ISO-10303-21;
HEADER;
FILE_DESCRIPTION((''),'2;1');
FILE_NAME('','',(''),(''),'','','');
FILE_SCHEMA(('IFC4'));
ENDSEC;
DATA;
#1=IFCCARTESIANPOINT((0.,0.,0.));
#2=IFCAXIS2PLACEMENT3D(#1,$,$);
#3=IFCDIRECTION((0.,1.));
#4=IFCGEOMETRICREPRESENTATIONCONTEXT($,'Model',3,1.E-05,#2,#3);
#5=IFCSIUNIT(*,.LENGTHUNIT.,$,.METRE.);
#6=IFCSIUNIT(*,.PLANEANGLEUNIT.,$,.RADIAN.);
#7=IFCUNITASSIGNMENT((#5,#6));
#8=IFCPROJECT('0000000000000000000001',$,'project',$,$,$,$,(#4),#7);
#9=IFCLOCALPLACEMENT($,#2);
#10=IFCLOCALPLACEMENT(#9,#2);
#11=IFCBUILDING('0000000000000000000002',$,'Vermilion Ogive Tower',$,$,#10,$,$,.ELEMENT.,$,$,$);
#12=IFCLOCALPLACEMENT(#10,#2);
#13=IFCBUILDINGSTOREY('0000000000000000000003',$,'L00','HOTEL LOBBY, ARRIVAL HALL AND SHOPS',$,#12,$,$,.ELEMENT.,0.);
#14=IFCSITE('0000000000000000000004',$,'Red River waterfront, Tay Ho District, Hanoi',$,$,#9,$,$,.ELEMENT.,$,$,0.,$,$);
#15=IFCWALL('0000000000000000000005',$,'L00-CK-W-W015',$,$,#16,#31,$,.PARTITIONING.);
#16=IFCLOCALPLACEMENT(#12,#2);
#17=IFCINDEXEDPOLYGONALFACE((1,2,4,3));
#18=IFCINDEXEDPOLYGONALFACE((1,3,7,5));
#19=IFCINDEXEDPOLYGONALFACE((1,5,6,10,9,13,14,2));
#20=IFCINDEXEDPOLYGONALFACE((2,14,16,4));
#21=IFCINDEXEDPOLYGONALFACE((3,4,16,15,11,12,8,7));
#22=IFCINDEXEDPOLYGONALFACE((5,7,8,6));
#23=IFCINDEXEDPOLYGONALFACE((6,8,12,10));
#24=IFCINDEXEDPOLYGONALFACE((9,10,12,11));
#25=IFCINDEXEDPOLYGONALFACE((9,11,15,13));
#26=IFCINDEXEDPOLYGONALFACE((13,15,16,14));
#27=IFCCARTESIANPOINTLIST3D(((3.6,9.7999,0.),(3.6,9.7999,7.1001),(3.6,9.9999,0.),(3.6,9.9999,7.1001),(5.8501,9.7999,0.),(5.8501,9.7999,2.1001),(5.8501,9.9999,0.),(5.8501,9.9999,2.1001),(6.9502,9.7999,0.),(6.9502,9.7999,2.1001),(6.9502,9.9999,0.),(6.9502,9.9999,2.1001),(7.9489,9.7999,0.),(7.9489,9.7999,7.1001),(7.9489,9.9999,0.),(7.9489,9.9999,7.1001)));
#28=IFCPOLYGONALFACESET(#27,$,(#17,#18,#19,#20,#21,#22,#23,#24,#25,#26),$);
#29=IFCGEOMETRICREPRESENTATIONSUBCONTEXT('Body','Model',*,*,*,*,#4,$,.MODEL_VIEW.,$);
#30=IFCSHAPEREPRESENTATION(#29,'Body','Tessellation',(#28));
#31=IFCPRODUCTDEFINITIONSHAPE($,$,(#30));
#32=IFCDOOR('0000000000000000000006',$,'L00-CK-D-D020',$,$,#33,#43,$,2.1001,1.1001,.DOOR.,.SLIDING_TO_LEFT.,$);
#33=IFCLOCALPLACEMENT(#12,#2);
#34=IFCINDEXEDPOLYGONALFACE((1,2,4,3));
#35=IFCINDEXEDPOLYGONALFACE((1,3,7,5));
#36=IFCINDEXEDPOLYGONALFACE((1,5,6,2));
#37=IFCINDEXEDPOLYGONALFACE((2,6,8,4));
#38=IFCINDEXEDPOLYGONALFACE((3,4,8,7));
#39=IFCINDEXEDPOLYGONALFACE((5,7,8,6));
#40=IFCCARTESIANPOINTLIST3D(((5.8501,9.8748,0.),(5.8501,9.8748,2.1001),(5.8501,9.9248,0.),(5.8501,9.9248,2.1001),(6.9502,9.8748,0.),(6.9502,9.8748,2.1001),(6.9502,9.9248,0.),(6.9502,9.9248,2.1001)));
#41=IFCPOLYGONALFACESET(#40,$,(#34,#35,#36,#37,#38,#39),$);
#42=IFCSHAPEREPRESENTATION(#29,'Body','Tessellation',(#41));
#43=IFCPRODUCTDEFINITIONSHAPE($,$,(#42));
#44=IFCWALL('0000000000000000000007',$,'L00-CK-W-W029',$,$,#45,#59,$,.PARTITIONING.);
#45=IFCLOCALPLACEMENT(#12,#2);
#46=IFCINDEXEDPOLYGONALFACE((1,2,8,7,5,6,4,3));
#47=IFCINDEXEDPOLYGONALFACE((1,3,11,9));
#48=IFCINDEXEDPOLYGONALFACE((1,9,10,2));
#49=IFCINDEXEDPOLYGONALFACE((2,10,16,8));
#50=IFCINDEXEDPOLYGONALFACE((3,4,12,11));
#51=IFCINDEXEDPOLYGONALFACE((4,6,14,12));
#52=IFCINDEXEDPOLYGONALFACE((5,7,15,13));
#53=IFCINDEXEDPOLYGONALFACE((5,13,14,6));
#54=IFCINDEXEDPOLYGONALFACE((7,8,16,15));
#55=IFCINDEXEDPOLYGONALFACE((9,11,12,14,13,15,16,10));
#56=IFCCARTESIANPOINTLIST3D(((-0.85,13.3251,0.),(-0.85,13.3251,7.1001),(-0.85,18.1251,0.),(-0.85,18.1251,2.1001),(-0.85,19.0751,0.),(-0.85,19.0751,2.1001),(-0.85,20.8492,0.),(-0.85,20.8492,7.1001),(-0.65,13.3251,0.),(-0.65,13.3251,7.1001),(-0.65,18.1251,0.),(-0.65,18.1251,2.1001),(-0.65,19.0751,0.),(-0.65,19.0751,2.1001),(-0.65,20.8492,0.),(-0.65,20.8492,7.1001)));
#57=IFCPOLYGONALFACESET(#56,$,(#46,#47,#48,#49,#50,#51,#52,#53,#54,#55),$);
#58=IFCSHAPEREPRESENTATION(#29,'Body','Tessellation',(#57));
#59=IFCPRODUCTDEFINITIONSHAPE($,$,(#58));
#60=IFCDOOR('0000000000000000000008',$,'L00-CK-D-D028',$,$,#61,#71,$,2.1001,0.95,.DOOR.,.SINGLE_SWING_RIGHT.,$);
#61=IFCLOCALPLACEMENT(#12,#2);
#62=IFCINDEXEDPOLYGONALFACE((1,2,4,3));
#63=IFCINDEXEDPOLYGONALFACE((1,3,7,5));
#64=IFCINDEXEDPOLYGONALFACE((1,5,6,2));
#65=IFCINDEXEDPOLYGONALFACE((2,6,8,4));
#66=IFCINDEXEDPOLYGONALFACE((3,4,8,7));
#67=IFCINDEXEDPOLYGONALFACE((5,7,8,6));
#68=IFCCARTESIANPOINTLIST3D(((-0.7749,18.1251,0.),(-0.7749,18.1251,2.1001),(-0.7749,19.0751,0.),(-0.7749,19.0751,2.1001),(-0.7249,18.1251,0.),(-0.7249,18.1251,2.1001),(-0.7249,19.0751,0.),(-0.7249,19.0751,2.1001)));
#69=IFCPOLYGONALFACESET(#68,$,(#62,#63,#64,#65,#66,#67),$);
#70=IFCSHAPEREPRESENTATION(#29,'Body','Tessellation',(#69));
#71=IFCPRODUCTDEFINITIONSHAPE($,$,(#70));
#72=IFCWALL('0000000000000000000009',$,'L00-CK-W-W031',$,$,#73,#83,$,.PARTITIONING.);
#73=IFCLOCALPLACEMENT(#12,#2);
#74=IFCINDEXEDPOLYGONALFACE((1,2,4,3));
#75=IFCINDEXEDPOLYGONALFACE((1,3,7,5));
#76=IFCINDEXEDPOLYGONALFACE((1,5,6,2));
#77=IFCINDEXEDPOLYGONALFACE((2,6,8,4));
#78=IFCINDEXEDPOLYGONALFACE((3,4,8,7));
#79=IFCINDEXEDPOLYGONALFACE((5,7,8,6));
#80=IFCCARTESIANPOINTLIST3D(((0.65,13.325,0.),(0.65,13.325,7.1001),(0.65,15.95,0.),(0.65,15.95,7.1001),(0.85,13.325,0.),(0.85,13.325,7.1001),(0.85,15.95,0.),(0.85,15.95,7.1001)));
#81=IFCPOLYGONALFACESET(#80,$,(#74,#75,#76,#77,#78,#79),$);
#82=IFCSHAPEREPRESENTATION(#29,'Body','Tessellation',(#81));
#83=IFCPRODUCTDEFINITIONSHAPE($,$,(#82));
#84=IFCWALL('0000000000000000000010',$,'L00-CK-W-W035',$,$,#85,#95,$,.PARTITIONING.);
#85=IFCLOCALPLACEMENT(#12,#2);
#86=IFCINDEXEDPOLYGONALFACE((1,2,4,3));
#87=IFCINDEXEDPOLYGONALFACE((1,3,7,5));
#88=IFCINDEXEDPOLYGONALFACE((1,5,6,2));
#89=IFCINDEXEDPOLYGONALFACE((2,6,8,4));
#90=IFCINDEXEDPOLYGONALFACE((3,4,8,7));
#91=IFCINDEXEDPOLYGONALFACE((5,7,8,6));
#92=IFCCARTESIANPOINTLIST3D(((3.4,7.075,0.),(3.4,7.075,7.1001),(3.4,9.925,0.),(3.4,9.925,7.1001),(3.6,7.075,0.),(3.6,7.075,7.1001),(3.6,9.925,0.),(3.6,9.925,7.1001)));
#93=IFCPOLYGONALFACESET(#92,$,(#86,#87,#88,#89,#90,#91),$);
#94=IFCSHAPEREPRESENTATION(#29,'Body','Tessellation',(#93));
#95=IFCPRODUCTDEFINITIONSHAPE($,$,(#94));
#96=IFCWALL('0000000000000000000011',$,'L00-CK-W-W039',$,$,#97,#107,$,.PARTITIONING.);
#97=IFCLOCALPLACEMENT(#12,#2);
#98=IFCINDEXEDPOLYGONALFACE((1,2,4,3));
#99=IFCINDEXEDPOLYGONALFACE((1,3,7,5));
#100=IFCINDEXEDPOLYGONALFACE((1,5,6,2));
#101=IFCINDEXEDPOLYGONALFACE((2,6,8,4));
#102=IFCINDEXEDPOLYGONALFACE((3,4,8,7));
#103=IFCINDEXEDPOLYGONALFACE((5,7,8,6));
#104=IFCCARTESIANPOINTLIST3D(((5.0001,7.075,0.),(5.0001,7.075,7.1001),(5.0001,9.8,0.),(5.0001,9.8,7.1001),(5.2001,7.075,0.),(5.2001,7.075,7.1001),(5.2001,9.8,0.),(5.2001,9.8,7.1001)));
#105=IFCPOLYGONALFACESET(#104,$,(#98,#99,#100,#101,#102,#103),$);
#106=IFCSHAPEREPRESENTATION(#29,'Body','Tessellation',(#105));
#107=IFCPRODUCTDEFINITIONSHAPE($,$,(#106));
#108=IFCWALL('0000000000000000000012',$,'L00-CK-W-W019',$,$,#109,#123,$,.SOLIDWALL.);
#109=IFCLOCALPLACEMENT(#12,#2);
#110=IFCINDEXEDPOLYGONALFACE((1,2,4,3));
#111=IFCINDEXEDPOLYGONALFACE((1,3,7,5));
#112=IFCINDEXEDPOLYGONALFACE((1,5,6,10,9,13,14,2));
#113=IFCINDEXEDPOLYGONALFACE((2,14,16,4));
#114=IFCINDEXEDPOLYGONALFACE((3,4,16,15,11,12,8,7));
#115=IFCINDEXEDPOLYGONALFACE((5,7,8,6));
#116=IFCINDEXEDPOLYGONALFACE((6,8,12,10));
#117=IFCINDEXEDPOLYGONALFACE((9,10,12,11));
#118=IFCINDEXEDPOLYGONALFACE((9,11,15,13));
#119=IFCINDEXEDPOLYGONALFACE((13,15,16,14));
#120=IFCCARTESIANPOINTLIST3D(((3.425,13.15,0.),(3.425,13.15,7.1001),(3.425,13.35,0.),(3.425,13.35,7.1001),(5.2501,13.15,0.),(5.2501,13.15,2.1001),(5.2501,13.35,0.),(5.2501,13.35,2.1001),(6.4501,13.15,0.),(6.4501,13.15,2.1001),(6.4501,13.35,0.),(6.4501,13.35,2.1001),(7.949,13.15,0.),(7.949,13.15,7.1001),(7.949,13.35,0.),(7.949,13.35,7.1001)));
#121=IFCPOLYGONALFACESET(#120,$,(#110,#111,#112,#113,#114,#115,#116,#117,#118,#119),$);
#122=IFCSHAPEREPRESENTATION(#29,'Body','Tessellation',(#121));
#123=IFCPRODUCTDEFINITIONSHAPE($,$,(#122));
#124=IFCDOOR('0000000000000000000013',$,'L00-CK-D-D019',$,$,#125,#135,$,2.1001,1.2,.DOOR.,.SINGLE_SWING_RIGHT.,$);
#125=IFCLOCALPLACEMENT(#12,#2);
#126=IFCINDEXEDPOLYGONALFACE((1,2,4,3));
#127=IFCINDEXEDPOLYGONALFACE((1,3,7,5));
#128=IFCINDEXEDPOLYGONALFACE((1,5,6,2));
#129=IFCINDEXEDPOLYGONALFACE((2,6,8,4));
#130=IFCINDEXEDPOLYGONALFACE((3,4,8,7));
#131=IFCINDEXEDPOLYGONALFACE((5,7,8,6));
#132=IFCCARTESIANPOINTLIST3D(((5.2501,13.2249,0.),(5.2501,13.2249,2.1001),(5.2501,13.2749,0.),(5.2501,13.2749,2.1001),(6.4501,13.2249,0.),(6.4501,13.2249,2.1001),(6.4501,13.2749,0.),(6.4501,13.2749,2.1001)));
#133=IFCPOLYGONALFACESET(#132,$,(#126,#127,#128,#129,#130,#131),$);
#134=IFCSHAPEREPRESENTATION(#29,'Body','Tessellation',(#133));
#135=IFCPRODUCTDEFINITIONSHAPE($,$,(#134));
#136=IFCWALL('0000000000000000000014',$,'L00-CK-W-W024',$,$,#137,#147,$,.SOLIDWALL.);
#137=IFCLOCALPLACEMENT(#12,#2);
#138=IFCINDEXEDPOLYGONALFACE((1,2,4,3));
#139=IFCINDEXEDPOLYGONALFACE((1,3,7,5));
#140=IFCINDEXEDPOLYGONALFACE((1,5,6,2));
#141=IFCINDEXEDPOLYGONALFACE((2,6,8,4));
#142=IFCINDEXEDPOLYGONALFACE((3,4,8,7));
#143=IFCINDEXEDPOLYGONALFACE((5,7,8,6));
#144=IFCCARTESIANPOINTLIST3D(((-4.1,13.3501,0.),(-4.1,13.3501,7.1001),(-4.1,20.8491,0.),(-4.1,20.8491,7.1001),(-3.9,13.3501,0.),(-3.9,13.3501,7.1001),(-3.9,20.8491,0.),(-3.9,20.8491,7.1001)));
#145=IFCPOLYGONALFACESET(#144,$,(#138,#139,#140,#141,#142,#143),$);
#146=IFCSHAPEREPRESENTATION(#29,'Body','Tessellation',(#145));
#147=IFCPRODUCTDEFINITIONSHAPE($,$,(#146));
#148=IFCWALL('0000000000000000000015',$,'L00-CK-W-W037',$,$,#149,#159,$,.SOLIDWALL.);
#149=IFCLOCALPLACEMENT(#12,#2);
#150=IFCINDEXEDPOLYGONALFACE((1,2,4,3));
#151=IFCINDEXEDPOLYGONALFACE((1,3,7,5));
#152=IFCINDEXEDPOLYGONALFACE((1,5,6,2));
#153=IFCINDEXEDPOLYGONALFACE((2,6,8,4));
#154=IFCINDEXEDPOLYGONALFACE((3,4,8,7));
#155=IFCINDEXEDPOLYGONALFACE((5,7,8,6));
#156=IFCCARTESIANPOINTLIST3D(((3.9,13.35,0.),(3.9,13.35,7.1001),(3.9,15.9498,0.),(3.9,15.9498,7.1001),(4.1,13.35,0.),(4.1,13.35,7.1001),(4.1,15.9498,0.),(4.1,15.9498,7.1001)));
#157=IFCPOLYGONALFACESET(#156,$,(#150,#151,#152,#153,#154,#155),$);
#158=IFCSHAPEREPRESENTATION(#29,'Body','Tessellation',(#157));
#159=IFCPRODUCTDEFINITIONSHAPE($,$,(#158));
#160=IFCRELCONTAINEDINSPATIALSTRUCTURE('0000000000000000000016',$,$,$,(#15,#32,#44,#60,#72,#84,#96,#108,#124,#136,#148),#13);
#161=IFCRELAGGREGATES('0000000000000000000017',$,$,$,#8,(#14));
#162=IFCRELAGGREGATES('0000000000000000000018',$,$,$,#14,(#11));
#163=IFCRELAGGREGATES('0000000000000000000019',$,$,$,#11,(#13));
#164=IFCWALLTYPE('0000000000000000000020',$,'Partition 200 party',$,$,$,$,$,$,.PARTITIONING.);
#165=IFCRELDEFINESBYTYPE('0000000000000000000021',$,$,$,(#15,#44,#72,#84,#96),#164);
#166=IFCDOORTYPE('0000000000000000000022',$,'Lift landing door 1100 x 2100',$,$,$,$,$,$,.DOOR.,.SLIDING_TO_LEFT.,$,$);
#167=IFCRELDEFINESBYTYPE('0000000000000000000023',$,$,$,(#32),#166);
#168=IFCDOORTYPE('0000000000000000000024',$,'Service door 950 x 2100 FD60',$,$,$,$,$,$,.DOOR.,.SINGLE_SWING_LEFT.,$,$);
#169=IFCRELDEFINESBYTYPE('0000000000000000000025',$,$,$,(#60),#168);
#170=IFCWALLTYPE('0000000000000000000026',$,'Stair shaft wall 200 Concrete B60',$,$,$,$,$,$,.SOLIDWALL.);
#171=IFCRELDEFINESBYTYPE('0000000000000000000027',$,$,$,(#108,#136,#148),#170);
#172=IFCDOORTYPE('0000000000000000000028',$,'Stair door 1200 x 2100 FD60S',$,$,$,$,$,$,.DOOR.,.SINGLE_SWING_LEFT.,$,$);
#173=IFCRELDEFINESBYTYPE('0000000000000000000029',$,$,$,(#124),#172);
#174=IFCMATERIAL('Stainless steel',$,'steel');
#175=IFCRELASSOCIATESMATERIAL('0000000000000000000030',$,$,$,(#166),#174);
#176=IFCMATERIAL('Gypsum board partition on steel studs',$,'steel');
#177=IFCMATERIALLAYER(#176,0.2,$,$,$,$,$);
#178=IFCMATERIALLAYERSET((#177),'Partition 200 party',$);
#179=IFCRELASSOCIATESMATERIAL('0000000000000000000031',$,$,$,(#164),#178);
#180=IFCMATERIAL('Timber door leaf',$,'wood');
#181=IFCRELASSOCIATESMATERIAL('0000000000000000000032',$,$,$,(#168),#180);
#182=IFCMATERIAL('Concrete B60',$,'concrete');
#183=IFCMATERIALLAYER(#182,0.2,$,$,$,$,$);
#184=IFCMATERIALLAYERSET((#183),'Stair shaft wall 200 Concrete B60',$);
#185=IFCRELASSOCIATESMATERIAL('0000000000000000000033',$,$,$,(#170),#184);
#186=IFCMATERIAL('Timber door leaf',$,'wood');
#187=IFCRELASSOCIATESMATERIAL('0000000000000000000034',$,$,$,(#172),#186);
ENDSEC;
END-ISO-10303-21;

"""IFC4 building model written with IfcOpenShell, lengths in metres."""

from ifc_helpers import new_model, si_unit, direction, frame, frame_2d, origin, place, context, subcontext, project, spatial, rectangle, extrude, material, layer, layer_set, type_object, element, fill, save


model = new_model("IFC4")

# Units and contexts
model_context = context("Model", 3, precision=1e-05, world=origin(), true_north=direction((0.0, 1.0)))
body_context = subcontext(model_context, "Body", "Model", "MODEL_VIEW")
ifc_project = project(units=[si_unit("LENGTHUNIT", "METRE"), si_unit("PLANEANGLEUNIT", "RADIAN")], contexts=[model_context])

# Site, building, storey
site_placement = place(None, origin())
site = spatial("IfcSite", under=ifc_project, at=site_placement, Name="Red River waterfront, Tay Ho District, Hanoi", CompositionType="ELEMENT", RefElevation=0.0)
building_placement = place(site_placement, origin())
building = spatial("IfcBuilding", under=site, at=building_placement, Name="Vermilion Ogive Tower", CompositionType="ELEMENT")
storey_placement = place(building_placement, origin())
storey = spatial("IfcBuildingStorey", under=building, at=storey_placement, Name="L00", Description="HOTEL LOBBY, ARRIVAL HALL AND SHOPS", CompositionType="ELEMENT", Elevation=0.0)

# Shared definitions
ifc_material_1 = material(Name="Stainless steel", Category="steel")
door_type_1 = type_object("IfcDoorType", Name="Lift landing door 1100 x 2100", OperationType="SLIDING_TO_LEFT", PredefinedType="DOOR", material=ifc_material_1)

# Walls, openings, doors
ifc_material_2 = material(Name="Gypsum board partition on steel studs", Category="steel")
ifc_layer_1 = layer(ifc_material_2, 0.2)
ifc_layer_set_1 = layer_set([ifc_layer_1], Name="Partition 200 party")
wall_type_1 = type_object("IfcWallType", Name="Partition 200 party", PredefinedType="PARTITIONING", material=ifc_layer_set_1)
wall_1_placement = place(storey_placement, frame((3.6001, 9.8999, 0.0), z_axis=(0.0, 0.0, 1.0), x_axis=(1.0, 0.0, 0.0)))
wall_1 = element("IfcWall", 1, at=wall_1_placement, inside=storey, type_object=wall_type_1, Name="L00-CK-W-W015", PredefinedType="PARTITIONING", context=body_context, shape_type="SweptSolid", body=[
    extrude(rectangle(XDim=4.3489, YDim=0.2, at=frame_2d((2.1743, 0.0))), origin(), (0.0, 0.0, 1.0), 7.1001),
])
opening_1_placement = place(wall_1_placement, frame((2.25, 0.0, 0.0)))
opening_1 = element("IfcOpeningElement", 2, at=opening_1_placement, cuts=wall_1, PredefinedType="OPENING", context=body_context, shape_type="SweptSolid", body=[
    extrude(rectangle(XDim=1.1001, YDim=2.1001, at=frame_2d((0.55, 1.05))), frame((0.0, 0.1099, 0.0), z_axis=(0.0, -1.0, 0.0), x_axis=(1.0, 0.0, 0.0)), (0.0, 0.0, 1.0), 0.22),
])
door_1_placement = place(opening_1_placement, origin())
door_1 = element("IfcDoor", 3, at=door_1_placement, inside=storey, type_object=door_type_1, Name="L00-CK-D-D020", OperationType="SLIDING_TO_LEFT", OverallHeight=2.1001, OverallWidth=1.1001, PredefinedType="DOOR", context=body_context, shape_type="SweptSolid", body=[
    extrude(rectangle(XDim=1.1001, YDim=2.1001, at=frame_2d((0.55, 1.05))), frame((0.0, 0.0249, 0.0), z_axis=(0.0, -1.0, 0.0), x_axis=(1.0, 0.0, 0.0)), (0.0, 0.0, 1.0), 0.05),
])
fill(opening_1, door_1)
wall_2_placement = place(storey_placement, frame((-0.75, 13.325, 0.0), z_axis=(0.0, 0.0, 1.0), x_axis=(0.0, 1.0, 0.0)))
wall_2 = element("IfcWall", 4, at=wall_2_placement, inside=storey, type_object=wall_type_1, Name="L00-CK-W-W029", PredefinedType="PARTITIONING", context=body_context, shape_type="SweptSolid", body=[
    extrude(rectangle(XDim=7.5242, YDim=0.2, at=frame_2d((3.7622, 0.0))), origin(), (0.0, 0.0, 1.0), 7.1001),
])
opening_2_placement = place(wall_2_placement, frame((4.8, 0.0, 0.0)))
opening_2 = element("IfcOpeningElement", 5, at=opening_2_placement, cuts=wall_2, PredefinedType="OPENING", context=body_context, shape_type="SweptSolid", body=[
    extrude(rectangle(XDim=0.95, YDim=2.1001, at=frame_2d((0.4751, 1.05))), frame((0.0, 0.1099, 0.0), z_axis=(0.0, -1.0, 0.0), x_axis=(1.0, 0.0, 0.0)), (0.0, 0.0, 1.0), 0.22),
])
ifc_material_3 = material(Name="Timber door leaf", Category="wood")
door_type_2 = type_object("IfcDoorType", Name="Service door 950 x 2100 FD60", OperationType="SINGLE_SWING_LEFT", PredefinedType="DOOR", material=ifc_material_3)
door_2_placement = place(opening_2_placement, origin())
door_2 = element("IfcDoor", 6, at=door_2_placement, inside=storey, type_object=door_type_2, Name="L00-CK-D-D028", OperationType="SINGLE_SWING_RIGHT", OverallHeight=2.1001, OverallWidth=0.95, PredefinedType="DOOR", context=body_context, shape_type="SweptSolid", body=[
    extrude(rectangle(XDim=0.95, YDim=2.1001, at=frame_2d((0.4751, 1.05))), frame((0.0, 0.0249, 0.0), z_axis=(0.0, -1.0, 0.0), x_axis=(1.0, 0.0, 0.0)), (0.0, 0.0, 1.0), 0.05),
])
fill(opening_2, door_2)

# Walls
wall_3_placement = place(storey_placement, frame((0.75, 13.325, 0.0), z_axis=(0.0, 0.0, 1.0), x_axis=(0.0, 1.0, 0.0)))
element("IfcWall", 7, at=wall_3_placement, inside=storey, type_object=wall_type_1, Name="L00-CK-W-W031", PredefinedType="PARTITIONING", context=body_context, shape_type="SweptSolid", body=[
    extrude(rectangle(XDim=2.625, YDim=0.2, at=frame_2d((1.3125, 0.0))), origin(), (0.0, 0.0, 1.0), 7.1001),
])
wall_4_placement = place(storey_placement, frame((3.5, 7.075, 0.0), z_axis=(0.0, 0.0, 1.0), x_axis=(0.0, 1.0, 0.0)))
element("IfcWall", 8, at=wall_4_placement, inside=storey, type_object=wall_type_1, Name="L00-CK-W-W035", PredefinedType="PARTITIONING", context=body_context, shape_type="SweptSolid", body=[
    extrude(rectangle(XDim=2.8501, YDim=0.2, at=frame_2d((1.425, 0.0))), origin(), (0.0, 0.0, 1.0), 7.1001),
])
wall_5_placement = place(storey_placement, frame((5.1001, 7.075, 0.0), z_axis=(0.0, 0.0, 1.0), x_axis=(0.0, 1.0, 0.0)))
element("IfcWall", 9, at=wall_5_placement, inside=storey, type_object=wall_type_1, Name="L00-CK-W-W039", PredefinedType="PARTITIONING", context=body_context, shape_type="SweptSolid", body=[
    extrude(rectangle(XDim=2.7251, YDim=0.2, at=frame_2d((1.3625, 0.0))), origin(), (0.0, 0.0, 1.0), 7.1001),
])

# Wall, opening, door
ifc_material_4 = material(Name="Concrete B60", Category="concrete")
ifc_layer_2 = layer(ifc_material_4, 0.2)
ifc_layer_set_2 = layer_set([ifc_layer_2], Name="Stair shaft wall 200 Concrete B60")
wall_type_2 = type_object("IfcWallType", Name="Stair shaft wall 200 Concrete B60", PredefinedType="SOLIDWALL", material=ifc_layer_set_2)
wall_6_placement = place(storey_placement, frame((3.425, 13.25, 0.0), z_axis=(0.0, 0.0, 1.0), x_axis=(1.0, 0.0, 0.0)))
wall_6 = element("IfcWall", 10, at=wall_6_placement, inside=storey, type_object=wall_type_2, Name="L00-CK-W-W019", PredefinedType="SOLIDWALL", context=body_context, shape_type="SweptSolid", body=[
    extrude(rectangle(XDim=4.5239, YDim=0.2, at=frame_2d((2.262, 0.0))), origin(), (0.0, 0.0, 1.0), 7.1001),
])
opening_3_placement = place(wall_6_placement, frame((1.825, 0.0, 0.0)))
opening_3 = element("IfcOpeningElement", 11, at=opening_3_placement, cuts=wall_6, PredefinedType="OPENING", context=body_context, shape_type="SweptSolid", body=[
    extrude(rectangle(XDim=1.2, YDim=2.1001, at=frame_2d((0.6001, 1.05))), frame((0.0, 0.1099, 0.0), z_axis=(0.0, -1.0, 0.0), x_axis=(1.0, 0.0, 0.0)), (0.0, 0.0, 1.0), 0.22),
])
ifc_material_5 = material(Name="Timber door leaf", Category="wood")
door_type_3 = type_object("IfcDoorType", Name="Stair door 1200 x 2100 FD60S", OperationType="SINGLE_SWING_LEFT", PredefinedType="DOOR", material=ifc_material_5)
door_3_placement = place(opening_3_placement, origin())
door_3 = element("IfcDoor", 12, at=door_3_placement, inside=storey, type_object=door_type_3, Name="L00-CK-D-D019", OperationType="SINGLE_SWING_RIGHT", OverallHeight=2.1001, OverallWidth=1.2, PredefinedType="DOOR", context=body_context, shape_type="SweptSolid", body=[
    extrude(rectangle(XDim=1.2, YDim=2.1001, at=frame_2d((0.6001, 1.05))), frame((0.0, 0.0249, 0.0), z_axis=(0.0, -1.0, 0.0), x_axis=(1.0, 0.0, 0.0)), (0.0, 0.0, 1.0), 0.05),
])
fill(opening_3, door_3)

# Walls
wall_7_placement = place(storey_placement, frame((-4.0, 13.3501, 0.0), z_axis=(0.0, 0.0, 1.0), x_axis=(0.0, 1.0, 0.0)))
element("IfcWall", 13, at=wall_7_placement, inside=storey, type_object=wall_type_2, Name="L00-CK-W-W024", PredefinedType="SOLIDWALL", context=body_context, shape_type="SweptSolid", body=[
    extrude(rectangle(XDim=7.499, YDim=0.2, at=frame_2d((3.7495, 0.0))), origin(), (0.0, 0.0, 1.0), 7.1001),
])
wall_8_placement = place(storey_placement, frame((4.0, 13.3501, 0.0), z_axis=(0.0, 0.0, 1.0), x_axis=(0.0, 1.0, 0.0)))
element("IfcWall", 14, at=wall_8_placement, inside=storey, type_object=wall_type_2, Name="L00-CK-W-W037", PredefinedType="SOLIDWALL", context=body_context, shape_type="SweptSolid", body=[
    extrude(rectangle(XDim=2.5999, YDim=0.2, at=frame_2d((1.2998, 0.0))), origin(), (0.0, 0.0, 1.0), 7.1001),
])

save(model, "model.ifc")
